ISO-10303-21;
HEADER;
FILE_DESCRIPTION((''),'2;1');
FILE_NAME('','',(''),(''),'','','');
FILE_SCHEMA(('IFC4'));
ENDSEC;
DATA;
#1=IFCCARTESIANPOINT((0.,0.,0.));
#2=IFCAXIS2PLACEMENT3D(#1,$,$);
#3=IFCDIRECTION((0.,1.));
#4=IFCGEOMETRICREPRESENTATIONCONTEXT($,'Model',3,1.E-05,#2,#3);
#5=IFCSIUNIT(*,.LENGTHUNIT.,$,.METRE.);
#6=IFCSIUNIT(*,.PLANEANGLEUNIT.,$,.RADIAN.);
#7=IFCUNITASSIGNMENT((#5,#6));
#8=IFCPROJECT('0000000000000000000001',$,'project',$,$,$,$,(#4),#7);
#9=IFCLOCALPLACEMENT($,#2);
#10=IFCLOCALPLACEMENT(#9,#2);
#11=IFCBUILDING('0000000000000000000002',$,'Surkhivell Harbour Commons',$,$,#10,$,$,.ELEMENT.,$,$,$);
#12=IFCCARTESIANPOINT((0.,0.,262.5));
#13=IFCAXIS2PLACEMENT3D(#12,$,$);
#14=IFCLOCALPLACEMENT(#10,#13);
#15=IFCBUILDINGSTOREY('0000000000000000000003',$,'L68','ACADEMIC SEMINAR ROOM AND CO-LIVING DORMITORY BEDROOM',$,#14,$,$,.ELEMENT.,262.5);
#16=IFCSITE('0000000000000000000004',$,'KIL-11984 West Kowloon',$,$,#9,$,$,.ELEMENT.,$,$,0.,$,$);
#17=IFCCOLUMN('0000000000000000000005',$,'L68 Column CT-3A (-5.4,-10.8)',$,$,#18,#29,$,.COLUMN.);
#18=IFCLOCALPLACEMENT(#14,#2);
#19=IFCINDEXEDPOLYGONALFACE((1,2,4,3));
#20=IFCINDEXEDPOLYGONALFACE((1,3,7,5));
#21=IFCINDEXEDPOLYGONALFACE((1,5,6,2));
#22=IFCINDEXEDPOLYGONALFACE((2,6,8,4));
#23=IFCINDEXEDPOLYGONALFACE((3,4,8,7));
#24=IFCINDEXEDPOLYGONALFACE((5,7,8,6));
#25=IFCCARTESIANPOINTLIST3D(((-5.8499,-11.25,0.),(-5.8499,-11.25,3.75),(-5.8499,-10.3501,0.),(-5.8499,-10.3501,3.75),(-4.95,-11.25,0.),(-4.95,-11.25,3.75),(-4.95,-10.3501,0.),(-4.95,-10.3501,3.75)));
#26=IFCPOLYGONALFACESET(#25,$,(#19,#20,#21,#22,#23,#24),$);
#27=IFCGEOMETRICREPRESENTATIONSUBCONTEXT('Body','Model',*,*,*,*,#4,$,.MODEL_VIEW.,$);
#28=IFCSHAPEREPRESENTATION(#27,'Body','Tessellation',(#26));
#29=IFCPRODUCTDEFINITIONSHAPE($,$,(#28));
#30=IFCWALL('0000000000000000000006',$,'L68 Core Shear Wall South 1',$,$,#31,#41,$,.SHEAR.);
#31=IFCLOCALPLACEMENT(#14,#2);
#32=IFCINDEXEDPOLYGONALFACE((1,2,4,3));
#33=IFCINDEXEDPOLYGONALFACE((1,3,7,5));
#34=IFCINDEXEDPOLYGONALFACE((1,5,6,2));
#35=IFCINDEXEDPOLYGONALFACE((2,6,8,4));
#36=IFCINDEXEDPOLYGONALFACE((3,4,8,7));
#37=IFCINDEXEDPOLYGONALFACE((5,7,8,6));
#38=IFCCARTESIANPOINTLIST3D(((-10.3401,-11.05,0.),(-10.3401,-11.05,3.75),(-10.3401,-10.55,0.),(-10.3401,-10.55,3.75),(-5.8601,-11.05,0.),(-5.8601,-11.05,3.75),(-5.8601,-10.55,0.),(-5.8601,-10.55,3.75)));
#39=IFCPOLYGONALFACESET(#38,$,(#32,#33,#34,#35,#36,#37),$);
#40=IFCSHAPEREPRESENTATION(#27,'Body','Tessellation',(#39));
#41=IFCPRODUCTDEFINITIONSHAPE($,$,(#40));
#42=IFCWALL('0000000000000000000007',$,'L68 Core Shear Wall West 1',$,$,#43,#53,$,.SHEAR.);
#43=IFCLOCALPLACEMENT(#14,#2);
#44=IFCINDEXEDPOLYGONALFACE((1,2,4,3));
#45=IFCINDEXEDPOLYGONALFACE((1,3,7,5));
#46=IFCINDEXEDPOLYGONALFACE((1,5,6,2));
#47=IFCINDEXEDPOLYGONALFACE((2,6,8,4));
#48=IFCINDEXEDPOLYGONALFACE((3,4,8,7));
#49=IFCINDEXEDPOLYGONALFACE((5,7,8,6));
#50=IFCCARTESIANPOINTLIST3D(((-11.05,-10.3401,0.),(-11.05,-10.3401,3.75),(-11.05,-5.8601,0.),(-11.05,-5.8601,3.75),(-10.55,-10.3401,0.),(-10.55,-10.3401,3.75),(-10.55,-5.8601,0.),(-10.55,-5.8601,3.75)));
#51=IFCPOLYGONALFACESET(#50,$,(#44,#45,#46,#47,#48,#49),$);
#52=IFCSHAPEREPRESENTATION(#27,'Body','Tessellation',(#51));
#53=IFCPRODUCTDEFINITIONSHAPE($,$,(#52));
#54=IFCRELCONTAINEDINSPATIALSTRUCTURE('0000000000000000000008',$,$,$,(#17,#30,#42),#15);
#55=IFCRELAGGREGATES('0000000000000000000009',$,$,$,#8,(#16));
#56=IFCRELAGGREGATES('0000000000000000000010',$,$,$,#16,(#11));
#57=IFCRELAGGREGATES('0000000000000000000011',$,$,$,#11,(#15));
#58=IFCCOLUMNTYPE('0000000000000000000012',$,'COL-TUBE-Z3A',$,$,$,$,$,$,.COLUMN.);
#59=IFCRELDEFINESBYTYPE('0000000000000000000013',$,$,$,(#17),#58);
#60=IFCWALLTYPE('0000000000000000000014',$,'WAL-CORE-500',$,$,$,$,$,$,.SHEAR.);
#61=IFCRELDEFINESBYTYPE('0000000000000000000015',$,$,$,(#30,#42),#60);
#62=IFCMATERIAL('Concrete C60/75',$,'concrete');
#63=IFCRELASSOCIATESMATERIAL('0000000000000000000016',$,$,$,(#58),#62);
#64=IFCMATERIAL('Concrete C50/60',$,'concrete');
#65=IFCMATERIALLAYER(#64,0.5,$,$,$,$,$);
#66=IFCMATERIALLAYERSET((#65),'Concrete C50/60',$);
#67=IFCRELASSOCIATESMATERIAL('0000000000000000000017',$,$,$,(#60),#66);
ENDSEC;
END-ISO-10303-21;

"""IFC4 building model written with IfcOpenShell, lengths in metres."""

from ifc_helpers import new_model, si_unit, direction, frame, frame_2d, origin, origin_2d, place, context, subcontext, project, spatial, rectangle, extrude, material, layer, layer_set, material_profile, profile_set, type_object, element, save


model = new_model("IFC4")

# Units and contexts
model_context = context("Model", 3, precision=1e-05, world=origin(), true_north=direction((0.0, 1.0)))
body_context = subcontext(model_context, "Body", "Model", "MODEL_VIEW")
ifc_project = project(units=[si_unit("LENGTHUNIT", "METRE"), si_unit("PLANEANGLEUNIT", "RADIAN")], contexts=[model_context])

# Site, building, storey
site_placement = place(None, origin())
site = spatial("IfcSite", under=ifc_project, at=site_placement, Name="KIL-11984 West Kowloon", CompositionType="ELEMENT", RefElevation=0.0)
building_placement = place(site_placement, origin())
building = spatial("IfcBuilding", under=site, at=building_placement, Name="Surkhivell Harbour Commons", CompositionType="ELEMENT")
storey_placement = place(building_placement, frame((0.0, 0.0, 262.5)))
storey = spatial("IfcBuildingStorey", under=building, at=storey_placement, Name="L68", Description="ACADEMIC SEMINAR ROOM AND CO-LIVING DORMITORY BEDROOM", CompositionType="ELEMENT", Elevation=262.5)

# Column
ifc_material_1 = material(Name="Concrete C60/75", Category="concrete")
ifc_material_profile = material_profile(ifc_material_1, rectangle(XDim=0.8999, YDim=0.8999, at=origin_2d()), Name="RC-COL-900x900")
ifc_profile_set = profile_set([ifc_material_profile], Name="Concrete C60/75")
column_type = type_object("IfcColumnType", Name="COL-TUBE-Z3A", PredefinedType="COLUMN", material=ifc_profile_set)
column_placement = place(storey_placement, frame((-5.3999, -10.8, 0.0), z_axis=(0.0, 0.0, 1.0), x_axis=(1.0, 0.0, 0.0)))
element("IfcColumn", 1, at=column_placement, inside=storey, type_object=column_type, Name="L68 Column CT-3A (-5.4,-10.8)", PredefinedType="COLUMN", context=body_context, shape_type="SweptSolid", body=[
    extrude(rectangle(XDim=0.8999, YDim=0.8999, at=origin_2d()), origin(), (0.0, 0.0, 1.0), 3.75),
])

# Walls
ifc_material_2 = material(Name="Concrete C50/60", Category="concrete")
ifc_layer_1 = layer(ifc_material_2, 0.5)
ifc_layer_set_1 = layer_set([ifc_layer_1], Name="Concrete C50/60")
wall_type_1 = type_object("IfcWallType", Name="WAL-CORE-500", PredefinedType="SHEAR", material=ifc_layer_set_1)
for number, where, z_axis, x_axis, name in (
    (2, (-10.3401, -10.8, 0.0), (0.0, 0.0, 1.0), (1.0, 0.0, 0.0), "L68 Core Shear Wall South 1"),
    (3, (-10.8, -10.3401, 0.0), (0.0, 0.0, 1.0), (0.0, 1.0, 0.0), "L68 Core Shear Wall West 1"),
):
    element("IfcWall", number, at=place(storey_placement, frame(where, z_axis=z_axis, x_axis=x_axis)), inside=storey, type_object=wall_type_1, Name=name, PredefinedType="SHEAR", context=body_context, shape_type="SweptSolid", body=[
        extrude(rectangle(XDim=4.48, YDim=0.5, at=frame_2d((2.24, 0.0))), origin(), (0.0, 0.0, 1.0), 3.75),
    ])

save(model, "model.ifc")
